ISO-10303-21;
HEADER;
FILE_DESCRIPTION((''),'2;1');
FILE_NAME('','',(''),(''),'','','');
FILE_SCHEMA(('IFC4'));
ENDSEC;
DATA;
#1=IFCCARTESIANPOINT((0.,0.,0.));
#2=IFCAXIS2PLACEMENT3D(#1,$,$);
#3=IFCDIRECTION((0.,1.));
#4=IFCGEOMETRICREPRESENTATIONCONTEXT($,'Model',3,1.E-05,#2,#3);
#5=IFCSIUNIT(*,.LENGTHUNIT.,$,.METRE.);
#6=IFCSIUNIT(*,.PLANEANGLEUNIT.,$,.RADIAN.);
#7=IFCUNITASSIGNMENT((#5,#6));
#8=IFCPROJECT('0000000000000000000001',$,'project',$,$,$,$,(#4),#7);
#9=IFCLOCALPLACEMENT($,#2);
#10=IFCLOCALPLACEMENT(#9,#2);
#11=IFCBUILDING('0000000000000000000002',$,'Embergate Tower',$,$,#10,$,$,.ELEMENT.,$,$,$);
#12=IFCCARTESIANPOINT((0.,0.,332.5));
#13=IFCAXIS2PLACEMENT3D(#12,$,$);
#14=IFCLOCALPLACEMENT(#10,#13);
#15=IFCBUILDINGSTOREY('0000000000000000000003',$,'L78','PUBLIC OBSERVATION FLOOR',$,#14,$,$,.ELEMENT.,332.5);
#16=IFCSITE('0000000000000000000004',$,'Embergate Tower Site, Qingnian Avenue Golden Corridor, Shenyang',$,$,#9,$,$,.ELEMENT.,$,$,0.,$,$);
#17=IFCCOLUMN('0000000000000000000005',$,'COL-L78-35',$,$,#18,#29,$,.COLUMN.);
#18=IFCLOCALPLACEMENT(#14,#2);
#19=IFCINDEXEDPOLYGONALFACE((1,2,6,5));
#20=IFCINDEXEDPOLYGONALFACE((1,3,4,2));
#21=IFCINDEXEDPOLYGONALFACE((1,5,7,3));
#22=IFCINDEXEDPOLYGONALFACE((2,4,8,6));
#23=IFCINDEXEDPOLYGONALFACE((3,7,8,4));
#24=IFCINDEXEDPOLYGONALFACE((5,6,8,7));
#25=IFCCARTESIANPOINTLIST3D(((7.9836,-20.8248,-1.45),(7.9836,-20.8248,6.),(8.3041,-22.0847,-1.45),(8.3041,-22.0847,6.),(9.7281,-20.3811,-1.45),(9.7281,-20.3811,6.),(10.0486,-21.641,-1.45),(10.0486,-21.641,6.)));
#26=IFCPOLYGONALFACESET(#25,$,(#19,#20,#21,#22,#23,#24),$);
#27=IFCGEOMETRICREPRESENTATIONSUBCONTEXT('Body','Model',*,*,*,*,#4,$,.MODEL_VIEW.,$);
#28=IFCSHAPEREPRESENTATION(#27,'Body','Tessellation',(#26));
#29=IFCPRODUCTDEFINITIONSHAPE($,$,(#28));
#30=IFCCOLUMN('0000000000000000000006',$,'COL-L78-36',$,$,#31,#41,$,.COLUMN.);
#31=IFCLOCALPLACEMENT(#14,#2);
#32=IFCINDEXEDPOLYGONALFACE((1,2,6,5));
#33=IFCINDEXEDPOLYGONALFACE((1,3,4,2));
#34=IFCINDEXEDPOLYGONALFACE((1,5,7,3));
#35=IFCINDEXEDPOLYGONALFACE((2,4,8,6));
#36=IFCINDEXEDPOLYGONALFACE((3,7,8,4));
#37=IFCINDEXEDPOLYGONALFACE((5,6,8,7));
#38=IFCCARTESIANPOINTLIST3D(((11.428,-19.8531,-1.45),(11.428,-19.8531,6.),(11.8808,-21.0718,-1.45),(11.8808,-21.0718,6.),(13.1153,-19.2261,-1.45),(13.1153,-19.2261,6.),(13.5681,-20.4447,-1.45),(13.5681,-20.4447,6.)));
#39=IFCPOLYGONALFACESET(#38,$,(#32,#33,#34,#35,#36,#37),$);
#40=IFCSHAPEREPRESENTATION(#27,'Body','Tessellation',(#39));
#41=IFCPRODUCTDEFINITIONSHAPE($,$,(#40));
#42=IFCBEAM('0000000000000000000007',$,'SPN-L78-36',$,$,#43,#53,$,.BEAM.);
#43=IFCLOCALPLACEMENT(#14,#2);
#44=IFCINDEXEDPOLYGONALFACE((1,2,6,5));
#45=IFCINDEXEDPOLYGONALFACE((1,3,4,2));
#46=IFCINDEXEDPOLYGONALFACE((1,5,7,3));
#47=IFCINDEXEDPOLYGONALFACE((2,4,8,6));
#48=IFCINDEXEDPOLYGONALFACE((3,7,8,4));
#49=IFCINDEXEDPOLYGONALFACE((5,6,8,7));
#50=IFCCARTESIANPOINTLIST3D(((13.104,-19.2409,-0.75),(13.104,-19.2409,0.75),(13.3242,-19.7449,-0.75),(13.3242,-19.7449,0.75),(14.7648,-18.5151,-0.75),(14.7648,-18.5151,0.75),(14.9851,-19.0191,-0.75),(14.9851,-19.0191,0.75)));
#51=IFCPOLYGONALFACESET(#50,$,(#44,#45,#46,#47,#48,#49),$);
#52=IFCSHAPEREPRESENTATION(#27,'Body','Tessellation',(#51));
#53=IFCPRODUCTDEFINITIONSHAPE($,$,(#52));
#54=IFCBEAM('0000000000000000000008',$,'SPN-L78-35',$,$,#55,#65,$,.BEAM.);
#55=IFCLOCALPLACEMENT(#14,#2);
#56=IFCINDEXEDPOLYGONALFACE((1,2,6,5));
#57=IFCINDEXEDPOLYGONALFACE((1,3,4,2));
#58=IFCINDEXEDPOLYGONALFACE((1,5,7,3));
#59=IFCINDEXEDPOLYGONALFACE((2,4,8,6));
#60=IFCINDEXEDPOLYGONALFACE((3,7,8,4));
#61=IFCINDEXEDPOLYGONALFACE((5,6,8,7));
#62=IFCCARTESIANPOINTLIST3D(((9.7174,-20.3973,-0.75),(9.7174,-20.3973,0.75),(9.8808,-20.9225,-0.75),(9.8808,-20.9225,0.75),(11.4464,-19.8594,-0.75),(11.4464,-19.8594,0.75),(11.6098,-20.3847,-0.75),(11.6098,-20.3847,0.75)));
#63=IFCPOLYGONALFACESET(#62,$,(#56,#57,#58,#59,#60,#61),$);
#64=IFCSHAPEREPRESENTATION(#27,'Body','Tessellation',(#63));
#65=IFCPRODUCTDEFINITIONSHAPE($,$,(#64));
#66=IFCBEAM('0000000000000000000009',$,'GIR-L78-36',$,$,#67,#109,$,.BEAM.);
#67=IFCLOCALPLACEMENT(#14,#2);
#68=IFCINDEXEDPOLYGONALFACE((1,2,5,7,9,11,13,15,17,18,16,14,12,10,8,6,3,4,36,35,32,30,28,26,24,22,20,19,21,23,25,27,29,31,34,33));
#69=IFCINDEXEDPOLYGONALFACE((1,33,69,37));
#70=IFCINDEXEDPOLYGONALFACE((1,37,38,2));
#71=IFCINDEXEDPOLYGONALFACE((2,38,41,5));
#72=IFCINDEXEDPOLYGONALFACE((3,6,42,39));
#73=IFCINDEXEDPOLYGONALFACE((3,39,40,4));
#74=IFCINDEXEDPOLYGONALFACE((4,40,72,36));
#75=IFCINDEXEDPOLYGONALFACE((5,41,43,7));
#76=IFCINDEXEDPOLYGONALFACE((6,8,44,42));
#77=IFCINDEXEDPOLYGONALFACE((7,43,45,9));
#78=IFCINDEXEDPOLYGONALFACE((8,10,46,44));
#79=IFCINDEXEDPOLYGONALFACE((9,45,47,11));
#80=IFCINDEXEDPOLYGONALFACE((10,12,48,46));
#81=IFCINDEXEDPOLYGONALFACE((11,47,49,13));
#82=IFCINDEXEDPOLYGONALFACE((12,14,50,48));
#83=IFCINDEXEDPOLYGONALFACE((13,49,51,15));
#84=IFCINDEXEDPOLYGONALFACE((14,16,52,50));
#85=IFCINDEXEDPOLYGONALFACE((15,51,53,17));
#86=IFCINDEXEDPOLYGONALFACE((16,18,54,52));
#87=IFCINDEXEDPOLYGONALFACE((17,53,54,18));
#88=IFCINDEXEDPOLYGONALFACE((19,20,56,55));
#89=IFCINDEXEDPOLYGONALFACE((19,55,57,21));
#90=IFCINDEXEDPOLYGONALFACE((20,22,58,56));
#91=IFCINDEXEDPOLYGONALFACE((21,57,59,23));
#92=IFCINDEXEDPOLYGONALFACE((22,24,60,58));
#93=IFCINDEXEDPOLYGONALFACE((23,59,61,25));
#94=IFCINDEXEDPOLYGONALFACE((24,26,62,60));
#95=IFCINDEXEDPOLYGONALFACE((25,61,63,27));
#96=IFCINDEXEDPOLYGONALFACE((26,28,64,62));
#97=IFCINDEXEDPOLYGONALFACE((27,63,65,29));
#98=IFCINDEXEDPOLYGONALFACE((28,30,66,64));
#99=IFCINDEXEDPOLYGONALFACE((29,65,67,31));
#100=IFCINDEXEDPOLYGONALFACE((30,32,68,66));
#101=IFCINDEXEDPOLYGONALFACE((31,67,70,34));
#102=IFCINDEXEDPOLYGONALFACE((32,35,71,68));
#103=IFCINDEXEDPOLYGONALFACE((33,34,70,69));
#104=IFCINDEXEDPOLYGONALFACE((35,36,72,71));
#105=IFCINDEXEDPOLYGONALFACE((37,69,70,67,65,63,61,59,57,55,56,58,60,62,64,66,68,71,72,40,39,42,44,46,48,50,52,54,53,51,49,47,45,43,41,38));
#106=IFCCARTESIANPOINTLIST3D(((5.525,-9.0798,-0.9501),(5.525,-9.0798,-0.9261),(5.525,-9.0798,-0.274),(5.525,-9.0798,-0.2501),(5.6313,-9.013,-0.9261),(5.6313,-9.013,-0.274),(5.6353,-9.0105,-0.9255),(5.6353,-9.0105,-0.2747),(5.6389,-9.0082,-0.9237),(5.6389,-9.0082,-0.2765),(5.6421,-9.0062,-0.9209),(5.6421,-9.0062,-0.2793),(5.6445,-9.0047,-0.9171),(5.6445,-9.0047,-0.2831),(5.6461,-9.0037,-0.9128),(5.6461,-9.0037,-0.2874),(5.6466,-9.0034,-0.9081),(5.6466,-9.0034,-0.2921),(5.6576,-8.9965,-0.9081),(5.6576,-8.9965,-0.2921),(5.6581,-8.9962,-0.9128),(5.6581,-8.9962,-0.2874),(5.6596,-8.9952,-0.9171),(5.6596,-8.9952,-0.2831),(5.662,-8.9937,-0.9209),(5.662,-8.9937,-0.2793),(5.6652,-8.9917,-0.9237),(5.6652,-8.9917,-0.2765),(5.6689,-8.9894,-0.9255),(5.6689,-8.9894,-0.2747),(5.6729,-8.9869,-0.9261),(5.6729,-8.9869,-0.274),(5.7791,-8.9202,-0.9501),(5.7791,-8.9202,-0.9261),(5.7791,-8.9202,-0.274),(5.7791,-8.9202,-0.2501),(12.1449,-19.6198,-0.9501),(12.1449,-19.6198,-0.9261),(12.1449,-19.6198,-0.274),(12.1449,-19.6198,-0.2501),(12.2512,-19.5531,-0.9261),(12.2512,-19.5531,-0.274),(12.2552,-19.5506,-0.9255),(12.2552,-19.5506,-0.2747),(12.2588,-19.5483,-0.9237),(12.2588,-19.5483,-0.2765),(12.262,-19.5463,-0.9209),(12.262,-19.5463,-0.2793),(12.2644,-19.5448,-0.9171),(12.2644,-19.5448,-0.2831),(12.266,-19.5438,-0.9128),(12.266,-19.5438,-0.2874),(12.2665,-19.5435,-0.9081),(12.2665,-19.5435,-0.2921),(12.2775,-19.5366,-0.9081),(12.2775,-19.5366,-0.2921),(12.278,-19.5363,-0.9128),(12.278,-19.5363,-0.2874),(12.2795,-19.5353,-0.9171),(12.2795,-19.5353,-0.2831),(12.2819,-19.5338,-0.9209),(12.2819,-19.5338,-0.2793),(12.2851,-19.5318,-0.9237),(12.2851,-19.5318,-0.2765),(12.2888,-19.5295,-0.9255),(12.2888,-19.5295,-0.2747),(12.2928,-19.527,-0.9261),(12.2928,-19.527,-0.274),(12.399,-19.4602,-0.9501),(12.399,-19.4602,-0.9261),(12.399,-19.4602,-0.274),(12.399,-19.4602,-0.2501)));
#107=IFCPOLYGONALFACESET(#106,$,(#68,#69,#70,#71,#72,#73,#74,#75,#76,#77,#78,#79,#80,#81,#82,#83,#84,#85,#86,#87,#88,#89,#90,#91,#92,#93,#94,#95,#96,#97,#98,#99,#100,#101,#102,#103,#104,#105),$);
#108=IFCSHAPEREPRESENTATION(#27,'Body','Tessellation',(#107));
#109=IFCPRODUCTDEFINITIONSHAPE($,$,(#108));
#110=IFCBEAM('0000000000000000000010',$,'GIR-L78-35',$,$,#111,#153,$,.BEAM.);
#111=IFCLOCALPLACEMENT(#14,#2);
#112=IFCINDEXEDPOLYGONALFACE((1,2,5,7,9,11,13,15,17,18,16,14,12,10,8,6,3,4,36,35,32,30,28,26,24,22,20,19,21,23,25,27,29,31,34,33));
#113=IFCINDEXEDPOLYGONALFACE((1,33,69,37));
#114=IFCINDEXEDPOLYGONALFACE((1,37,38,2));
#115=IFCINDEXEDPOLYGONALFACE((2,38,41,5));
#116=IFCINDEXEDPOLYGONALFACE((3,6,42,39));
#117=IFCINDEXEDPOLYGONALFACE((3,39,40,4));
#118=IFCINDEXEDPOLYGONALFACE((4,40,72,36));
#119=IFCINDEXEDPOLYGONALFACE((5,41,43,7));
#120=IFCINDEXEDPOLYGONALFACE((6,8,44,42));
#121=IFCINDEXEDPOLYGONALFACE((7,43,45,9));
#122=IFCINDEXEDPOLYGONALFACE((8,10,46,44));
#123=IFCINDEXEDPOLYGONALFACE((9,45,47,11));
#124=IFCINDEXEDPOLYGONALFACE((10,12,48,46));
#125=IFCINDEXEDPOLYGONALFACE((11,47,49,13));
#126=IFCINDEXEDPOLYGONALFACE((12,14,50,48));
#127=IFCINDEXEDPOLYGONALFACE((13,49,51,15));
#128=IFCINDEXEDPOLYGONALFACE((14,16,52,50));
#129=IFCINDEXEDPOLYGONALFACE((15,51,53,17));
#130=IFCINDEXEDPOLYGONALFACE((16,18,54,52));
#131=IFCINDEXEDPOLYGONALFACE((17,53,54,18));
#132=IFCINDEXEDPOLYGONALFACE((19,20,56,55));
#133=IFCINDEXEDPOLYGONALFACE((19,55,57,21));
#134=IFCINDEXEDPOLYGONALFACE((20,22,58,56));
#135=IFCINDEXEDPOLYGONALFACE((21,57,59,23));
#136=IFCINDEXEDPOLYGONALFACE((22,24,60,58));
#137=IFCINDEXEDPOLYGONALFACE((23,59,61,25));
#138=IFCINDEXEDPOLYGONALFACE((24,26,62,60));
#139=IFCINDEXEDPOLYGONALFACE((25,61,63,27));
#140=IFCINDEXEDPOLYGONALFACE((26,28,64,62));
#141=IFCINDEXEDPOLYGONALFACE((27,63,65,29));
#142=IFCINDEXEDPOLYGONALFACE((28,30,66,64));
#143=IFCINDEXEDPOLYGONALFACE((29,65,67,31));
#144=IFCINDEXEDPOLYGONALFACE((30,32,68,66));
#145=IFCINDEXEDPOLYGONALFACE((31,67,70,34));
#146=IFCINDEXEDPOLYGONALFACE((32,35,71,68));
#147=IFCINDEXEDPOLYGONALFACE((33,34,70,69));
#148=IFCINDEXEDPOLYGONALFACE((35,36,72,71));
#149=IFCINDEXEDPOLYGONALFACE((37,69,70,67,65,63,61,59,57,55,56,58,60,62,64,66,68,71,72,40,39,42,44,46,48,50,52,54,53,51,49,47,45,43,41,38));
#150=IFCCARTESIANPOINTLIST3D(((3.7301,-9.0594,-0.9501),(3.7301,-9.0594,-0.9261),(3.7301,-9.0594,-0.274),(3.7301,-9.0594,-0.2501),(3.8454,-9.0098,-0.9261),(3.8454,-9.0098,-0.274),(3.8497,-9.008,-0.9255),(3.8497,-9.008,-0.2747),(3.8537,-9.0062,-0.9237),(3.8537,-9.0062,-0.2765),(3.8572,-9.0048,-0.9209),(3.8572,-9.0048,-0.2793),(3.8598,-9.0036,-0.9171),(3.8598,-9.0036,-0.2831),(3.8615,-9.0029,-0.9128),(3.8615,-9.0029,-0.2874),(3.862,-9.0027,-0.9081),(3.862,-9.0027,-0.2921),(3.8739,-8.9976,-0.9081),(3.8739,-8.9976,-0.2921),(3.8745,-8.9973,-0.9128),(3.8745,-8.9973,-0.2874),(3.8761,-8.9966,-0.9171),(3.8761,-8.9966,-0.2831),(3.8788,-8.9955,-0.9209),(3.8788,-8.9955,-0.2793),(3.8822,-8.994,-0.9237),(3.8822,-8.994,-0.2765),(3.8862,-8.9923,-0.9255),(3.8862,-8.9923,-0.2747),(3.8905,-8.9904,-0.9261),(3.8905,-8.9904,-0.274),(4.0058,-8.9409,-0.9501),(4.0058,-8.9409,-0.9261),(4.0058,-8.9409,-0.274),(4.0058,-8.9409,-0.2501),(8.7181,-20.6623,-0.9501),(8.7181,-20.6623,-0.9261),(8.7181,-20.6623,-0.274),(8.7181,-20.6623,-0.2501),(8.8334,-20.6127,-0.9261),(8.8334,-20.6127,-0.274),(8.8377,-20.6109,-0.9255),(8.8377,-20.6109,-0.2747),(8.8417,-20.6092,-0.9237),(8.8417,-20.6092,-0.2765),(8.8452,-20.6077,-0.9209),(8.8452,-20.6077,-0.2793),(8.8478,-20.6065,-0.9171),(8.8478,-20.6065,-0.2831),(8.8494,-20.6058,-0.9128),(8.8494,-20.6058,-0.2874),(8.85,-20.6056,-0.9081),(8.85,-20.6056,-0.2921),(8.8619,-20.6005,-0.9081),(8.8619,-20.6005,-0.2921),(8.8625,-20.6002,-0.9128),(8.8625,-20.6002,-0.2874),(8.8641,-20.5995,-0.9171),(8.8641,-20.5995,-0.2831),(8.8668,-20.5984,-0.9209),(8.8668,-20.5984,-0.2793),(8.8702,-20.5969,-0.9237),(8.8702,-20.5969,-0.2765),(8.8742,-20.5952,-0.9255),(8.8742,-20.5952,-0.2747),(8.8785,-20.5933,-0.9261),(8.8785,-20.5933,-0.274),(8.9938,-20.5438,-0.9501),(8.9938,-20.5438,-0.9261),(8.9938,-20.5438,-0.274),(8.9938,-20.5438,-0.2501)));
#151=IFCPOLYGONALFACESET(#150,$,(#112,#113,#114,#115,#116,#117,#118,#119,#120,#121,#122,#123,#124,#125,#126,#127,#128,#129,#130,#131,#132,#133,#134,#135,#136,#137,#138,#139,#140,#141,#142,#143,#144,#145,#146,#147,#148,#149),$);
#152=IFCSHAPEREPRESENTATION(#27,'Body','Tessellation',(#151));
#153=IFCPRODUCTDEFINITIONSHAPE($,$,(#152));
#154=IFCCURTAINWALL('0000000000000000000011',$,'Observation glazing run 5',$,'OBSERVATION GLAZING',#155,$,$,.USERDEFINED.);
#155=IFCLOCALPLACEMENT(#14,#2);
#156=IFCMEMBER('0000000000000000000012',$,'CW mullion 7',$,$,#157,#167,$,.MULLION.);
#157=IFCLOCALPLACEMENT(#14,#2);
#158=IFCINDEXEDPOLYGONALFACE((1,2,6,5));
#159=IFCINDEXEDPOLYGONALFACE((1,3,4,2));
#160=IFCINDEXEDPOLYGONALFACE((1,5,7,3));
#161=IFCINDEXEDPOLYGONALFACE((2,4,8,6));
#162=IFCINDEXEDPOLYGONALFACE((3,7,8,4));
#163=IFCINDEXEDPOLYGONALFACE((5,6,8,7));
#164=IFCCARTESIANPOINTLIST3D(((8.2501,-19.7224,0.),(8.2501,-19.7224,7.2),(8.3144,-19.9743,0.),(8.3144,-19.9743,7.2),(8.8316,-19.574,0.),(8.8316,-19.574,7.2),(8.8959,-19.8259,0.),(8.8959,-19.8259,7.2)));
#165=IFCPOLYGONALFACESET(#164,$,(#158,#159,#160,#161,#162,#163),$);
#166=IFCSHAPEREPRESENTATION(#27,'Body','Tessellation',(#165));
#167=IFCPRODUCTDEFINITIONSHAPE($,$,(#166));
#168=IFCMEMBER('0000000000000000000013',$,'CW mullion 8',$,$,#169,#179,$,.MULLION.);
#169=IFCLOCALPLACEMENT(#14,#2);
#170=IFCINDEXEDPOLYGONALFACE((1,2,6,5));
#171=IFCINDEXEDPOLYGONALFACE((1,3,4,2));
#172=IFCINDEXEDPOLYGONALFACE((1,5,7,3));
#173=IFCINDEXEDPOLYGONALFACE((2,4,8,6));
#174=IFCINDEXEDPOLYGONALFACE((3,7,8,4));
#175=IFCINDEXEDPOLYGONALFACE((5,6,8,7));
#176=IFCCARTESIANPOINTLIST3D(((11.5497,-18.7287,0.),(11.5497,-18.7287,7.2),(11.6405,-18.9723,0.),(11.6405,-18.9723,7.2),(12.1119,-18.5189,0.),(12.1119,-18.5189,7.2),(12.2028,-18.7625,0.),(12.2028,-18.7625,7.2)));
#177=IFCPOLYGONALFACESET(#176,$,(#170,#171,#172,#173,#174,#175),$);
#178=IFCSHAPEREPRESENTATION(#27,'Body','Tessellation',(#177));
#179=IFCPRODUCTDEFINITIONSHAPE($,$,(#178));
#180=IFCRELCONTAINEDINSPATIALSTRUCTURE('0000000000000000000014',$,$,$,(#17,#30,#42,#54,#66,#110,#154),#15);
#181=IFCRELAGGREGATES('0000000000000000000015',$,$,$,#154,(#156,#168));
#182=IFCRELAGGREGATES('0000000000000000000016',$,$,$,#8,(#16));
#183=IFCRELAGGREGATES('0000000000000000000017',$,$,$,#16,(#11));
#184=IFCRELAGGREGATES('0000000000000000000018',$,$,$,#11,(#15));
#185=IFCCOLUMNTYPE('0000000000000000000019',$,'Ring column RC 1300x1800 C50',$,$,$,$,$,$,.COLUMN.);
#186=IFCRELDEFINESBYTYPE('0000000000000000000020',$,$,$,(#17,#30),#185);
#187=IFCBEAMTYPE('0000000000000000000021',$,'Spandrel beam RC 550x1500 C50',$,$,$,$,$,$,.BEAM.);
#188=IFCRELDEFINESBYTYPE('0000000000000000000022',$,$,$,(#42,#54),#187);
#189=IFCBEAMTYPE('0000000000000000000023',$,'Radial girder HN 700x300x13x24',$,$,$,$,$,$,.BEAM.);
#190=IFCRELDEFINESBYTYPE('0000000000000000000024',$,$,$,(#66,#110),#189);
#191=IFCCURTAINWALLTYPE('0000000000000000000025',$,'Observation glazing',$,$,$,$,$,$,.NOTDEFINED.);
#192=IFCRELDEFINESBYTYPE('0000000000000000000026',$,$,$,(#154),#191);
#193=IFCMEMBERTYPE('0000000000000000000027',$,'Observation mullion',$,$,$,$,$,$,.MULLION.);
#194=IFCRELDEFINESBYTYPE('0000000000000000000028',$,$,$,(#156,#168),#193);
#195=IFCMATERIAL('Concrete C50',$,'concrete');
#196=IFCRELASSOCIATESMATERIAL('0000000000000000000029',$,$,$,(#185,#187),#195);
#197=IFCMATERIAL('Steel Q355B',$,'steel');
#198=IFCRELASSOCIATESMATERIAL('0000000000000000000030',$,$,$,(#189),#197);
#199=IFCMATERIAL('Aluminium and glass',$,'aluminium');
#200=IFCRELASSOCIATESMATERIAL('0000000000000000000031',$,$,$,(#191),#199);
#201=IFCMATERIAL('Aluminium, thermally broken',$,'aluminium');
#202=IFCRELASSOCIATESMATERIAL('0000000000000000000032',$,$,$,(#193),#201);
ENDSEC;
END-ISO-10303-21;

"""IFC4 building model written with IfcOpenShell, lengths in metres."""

from ifc_helpers import new_model, si_unit, direction, frame, origin, origin_2d, place, context, subcontext, project, spatial, rectangle, i_section, extrude, source, transform, mapped, material, material_profile, profile_set, type_object, element, aggregate, save


model = new_model("IFC4")

# Units and contexts
model_context = context("Model", 3, precision=1e-05, world=origin(), true_north=direction((0.0, 1.0)))
body_context = subcontext(model_context, "Body", "Model", "MODEL_VIEW")
ifc_project = project(units=[si_unit("LENGTHUNIT", "METRE"), si_unit("PLANEANGLEUNIT", "RADIAN")], contexts=[model_context])

# Site, building, storey
site_placement = place(None, origin())
site = spatial("IfcSite", under=ifc_project, at=site_placement, Name="Embergate Tower Site, Qingnian Avenue Golden Corridor, Shenyang", CompositionType="ELEMENT", RefElevation=0.0)
building_placement = place(site_placement, origin())
building = spatial("IfcBuilding", under=site, at=building_placement, Name="Embergate Tower", CompositionType="ELEMENT")
storey_placement = place(building_placement, frame((0.0, 0.0, 332.5)))
storey = spatial("IfcBuildingStorey", under=building, at=storey_placement, Name="L78", Description="PUBLIC OBSERVATION FLOOR", CompositionType="ELEMENT", Elevation=332.5)

# Columns
ifc_material_1 = material(Name="Concrete C50", Category="concrete")
ifc_material_profile_1 = material_profile(ifc_material_1, rectangle(XDim=1.3, YDim=1.8, at=origin_2d()), Name="RC 1300x1800")
ifc_profile_set_1 = profile_set([ifc_material_profile_1], Name="Concrete C50")
column_type = type_object("IfcColumnType", Name="Ring column RC 1300x1800 C50", PredefinedType="COLUMN", material=ifc_profile_set_1)
shared_shape_1 = source(origin(), body_context, "Body", "SweptSolid", [
    extrude(rectangle(XDim=1.3, YDim=1.8, at=origin_2d()), origin(), (0.0, 0.0, 1.0), 7.45),
])
for number, where, z_axis, x_axis, name in (
    (1, (9.0161, -21.2329, -1.45), (0.0, 0.0, 1.0), (0.246492, -0.969145, 0.0), "COL-L78-35"),
    (2, (12.498, -20.1489, -1.45), (0.0, 0.0, 1.0), (0.348343, -0.937367, 0.0), "COL-L78-36"),
):
    element("IfcColumn", number, at=place(storey_placement, frame(where, z_axis=z_axis, x_axis=x_axis)), inside=storey, type_object=column_type, Name=name, PredefinedType="COLUMN", context=body_context, shape_type="MappedRepresentation", body=[
        mapped(shared_shape_1, transform((0.0, 0.0, 0.0))),
    ])

# Beams
ifc_material_profile_2 = material_profile(ifc_material_1, rectangle(XDim=0.55, YDim=1.5, at=origin_2d()), Name="RC 550x1500")
ifc_profile_set_2 = profile_set([ifc_material_profile_2], Name="Concrete C50")
beam_type_1 = type_object("IfcBeamType", Name="Spandrel beam RC 550x1500 C50", PredefinedType="BEAM", material=ifc_profile_set_2)
shared_shape_2 = source(origin(), body_context, "Body", "SweptSolid", [
    extrude(rectangle(XDim=0.55, YDim=1.5, at=origin_2d()), origin(), (0.0, 0.0, 1.0), 1.8125),
])
beam_1_placement = place(storey_placement, frame((13.2141, -19.4929, 0.0), z_axis=(0.916321, 0.400444, 0.0), x_axis=(-0.400444, 0.916321, 0.0)))
element("IfcBeam", 3, at=beam_1_placement, inside=storey, type_object=beam_type_1, Name="SPN-L78-36", PredefinedType="BEAM", context=body_context, shape_type="MappedRepresentation", body=[
    mapped(shared_shape_2, transform((0.0, 0.0, 0.0))),
])
shared_shape_3 = source(origin(), body_context, "Body", "SweptSolid", [
    extrude(rectangle(XDim=0.55, YDim=1.5, at=origin_2d()), origin(), (0.0, 0.0, 1.0), 1.8108),
])
beam_2_placement = place(storey_placement, frame((9.7991, -20.6599, 0.0), z_axis=(0.954868, 0.297031, 0.0), x_axis=(-0.297031, 0.954868, 0.0)))
element("IfcBeam", 4, at=beam_2_placement, inside=storey, type_object=beam_type_1, Name="SPN-L78-35", PredefinedType="BEAM", context=body_context, shape_type="MappedRepresentation", body=[
    mapped(shared_shape_3, transform((0.0, 0.0, 0.0))),
])
ifc_material_2 = material(Name="Steel Q355B", Category="steel")
ifc_material_profile_3 = material_profile(ifc_material_2, i_section(OverallWidth=0.3, OverallDepth=0.7, WebThickness=0.0129, FlangeThickness=0.0239, FilletRadius=0.0181, at=origin_2d()), Name="HN 700x300x13x24")
ifc_profile_set_3 = profile_set([ifc_material_profile_3], Name="Steel Q355 grade B")
beam_type_2 = type_object("IfcBeamType", Name="Radial girder HN 700x300x13x24", PredefinedType="BEAM", material=ifc_profile_set_3)
shared_shape_4 = source(origin(), body_context, "Body", "SweptSolid", [
    extrude(i_section(OverallWidth=0.3, OverallDepth=0.7, WebThickness=0.0129, FlangeThickness=0.0239, FilletRadius=0.0181, at=origin_2d()), origin(), (0.0, 0.0, 1.0), 12.4465),
])
beam_3_placement = place(storey_placement, frame((12.272, -19.54, -0.6001), z_axis=(-0.531867, 0.846828, 0.0), x_axis=(-0.846828, -0.531867, 0.0)))
element("IfcBeam", 5, at=beam_3_placement, inside=storey, type_object=beam_type_2, Name="GIR-L78-36", PredefinedType="BEAM", context=body_context, shape_type="MappedRepresentation", body=[
    mapped(shared_shape_4, transform((0.0, 0.0, 0.0))),
])
shared_shape_5 = source(origin(), body_context, "Body", "SweptSolid", [
    extrude(i_section(OverallWidth=0.3, OverallDepth=0.7, WebThickness=0.0129, FlangeThickness=0.0239, FilletRadius=0.0181, at=origin_2d()), origin(), (0.0, 0.0, 1.0), 12.6296),
])
beam_4_placement = place(storey_placement, frame((8.856, -20.603, -0.6001), z_axis=(-0.394943, 0.918706, 0.0), x_axis=(-0.918706, -0.394943, 0.0)))
element("IfcBeam", 6, at=beam_4_placement, inside=storey, type_object=beam_type_2, Name="GIR-L78-35", PredefinedType="BEAM", context=body_context, shape_type="MappedRepresentation", body=[
    mapped(shared_shape_5, transform((0.0, 0.0, 0.0))),
])

# Curtain wall, members
ifc_material_3 = material(Name="Aluminium and glass", Category="aluminium")
curtain_wall_type = type_object("IfcCurtainWallType", Name="Observation glazing", PredefinedType="NOTDEFINED", material=ifc_material_3)
curtain_wall_placement = place(storey_placement, origin())
curtain_wall = element("IfcCurtainWall", 7, at=curtain_wall_placement, inside=storey, type_object=curtain_wall_type, Name="Observation glazing run 5", ObjectType="OBSERVATION GLAZING", PredefinedType="USERDEFINED")
ifc_material_4 = material(Name="Aluminium, thermally broken", Category="aluminium")
ifc_material_profile_4 = material_profile(ifc_material_4, rectangle(XDim=0.26, YDim=0.6001, at=origin_2d()), Name="AL 600x260")
ifc_profile_set_4 = profile_set([ifc_material_profile_4], Name="Aluminium, thermally broken")
member_type_1 = type_object("IfcMemberType", Name="Observation mullion", PredefinedType="MULLION", material=ifc_profile_set_4)
shared_shape_6 = source(origin(), body_context, "Body", "SweptSolid", [
    extrude(rectangle(XDim=0.26, YDim=0.6001, at=origin_2d()), origin(), (0.0, 0.0, 1.0), 7.2),
])
member_1_placement = place(storey_placement, frame((8.573, -19.7742, 0.0), z_axis=(0.0, 0.0, 1.0), x_axis=(-0.247303, 0.968938, 0.0)))
member_1 = element("IfcMember", 8, at=member_1_placement, type_object=member_type_1, Name="CW mullion 7", PredefinedType="MULLION", context=body_context, shape_type="MappedRepresentation", body=[
    mapped(shared_shape_6, transform((0.0, 0.0, 0.0))),
])
member_2_placement = place(storey_placement, frame((11.8762, -18.7456, 0.0), z_axis=(0.0, 0.0, 1.0), x_axis=(-0.34949, 0.93694, 0.0)))
member_2 = element("IfcMember", 9, at=member_2_placement, type_object=member_type_1, Name="CW mullion 8", PredefinedType="MULLION", context=body_context, shape_type="MappedRepresentation", body=[
    mapped(shared_shape_6, transform((0.0, 0.0, 0.0))),
])
aggregate(curtain_wall, [member_1, member_2])

save(model, "model.ifc")
